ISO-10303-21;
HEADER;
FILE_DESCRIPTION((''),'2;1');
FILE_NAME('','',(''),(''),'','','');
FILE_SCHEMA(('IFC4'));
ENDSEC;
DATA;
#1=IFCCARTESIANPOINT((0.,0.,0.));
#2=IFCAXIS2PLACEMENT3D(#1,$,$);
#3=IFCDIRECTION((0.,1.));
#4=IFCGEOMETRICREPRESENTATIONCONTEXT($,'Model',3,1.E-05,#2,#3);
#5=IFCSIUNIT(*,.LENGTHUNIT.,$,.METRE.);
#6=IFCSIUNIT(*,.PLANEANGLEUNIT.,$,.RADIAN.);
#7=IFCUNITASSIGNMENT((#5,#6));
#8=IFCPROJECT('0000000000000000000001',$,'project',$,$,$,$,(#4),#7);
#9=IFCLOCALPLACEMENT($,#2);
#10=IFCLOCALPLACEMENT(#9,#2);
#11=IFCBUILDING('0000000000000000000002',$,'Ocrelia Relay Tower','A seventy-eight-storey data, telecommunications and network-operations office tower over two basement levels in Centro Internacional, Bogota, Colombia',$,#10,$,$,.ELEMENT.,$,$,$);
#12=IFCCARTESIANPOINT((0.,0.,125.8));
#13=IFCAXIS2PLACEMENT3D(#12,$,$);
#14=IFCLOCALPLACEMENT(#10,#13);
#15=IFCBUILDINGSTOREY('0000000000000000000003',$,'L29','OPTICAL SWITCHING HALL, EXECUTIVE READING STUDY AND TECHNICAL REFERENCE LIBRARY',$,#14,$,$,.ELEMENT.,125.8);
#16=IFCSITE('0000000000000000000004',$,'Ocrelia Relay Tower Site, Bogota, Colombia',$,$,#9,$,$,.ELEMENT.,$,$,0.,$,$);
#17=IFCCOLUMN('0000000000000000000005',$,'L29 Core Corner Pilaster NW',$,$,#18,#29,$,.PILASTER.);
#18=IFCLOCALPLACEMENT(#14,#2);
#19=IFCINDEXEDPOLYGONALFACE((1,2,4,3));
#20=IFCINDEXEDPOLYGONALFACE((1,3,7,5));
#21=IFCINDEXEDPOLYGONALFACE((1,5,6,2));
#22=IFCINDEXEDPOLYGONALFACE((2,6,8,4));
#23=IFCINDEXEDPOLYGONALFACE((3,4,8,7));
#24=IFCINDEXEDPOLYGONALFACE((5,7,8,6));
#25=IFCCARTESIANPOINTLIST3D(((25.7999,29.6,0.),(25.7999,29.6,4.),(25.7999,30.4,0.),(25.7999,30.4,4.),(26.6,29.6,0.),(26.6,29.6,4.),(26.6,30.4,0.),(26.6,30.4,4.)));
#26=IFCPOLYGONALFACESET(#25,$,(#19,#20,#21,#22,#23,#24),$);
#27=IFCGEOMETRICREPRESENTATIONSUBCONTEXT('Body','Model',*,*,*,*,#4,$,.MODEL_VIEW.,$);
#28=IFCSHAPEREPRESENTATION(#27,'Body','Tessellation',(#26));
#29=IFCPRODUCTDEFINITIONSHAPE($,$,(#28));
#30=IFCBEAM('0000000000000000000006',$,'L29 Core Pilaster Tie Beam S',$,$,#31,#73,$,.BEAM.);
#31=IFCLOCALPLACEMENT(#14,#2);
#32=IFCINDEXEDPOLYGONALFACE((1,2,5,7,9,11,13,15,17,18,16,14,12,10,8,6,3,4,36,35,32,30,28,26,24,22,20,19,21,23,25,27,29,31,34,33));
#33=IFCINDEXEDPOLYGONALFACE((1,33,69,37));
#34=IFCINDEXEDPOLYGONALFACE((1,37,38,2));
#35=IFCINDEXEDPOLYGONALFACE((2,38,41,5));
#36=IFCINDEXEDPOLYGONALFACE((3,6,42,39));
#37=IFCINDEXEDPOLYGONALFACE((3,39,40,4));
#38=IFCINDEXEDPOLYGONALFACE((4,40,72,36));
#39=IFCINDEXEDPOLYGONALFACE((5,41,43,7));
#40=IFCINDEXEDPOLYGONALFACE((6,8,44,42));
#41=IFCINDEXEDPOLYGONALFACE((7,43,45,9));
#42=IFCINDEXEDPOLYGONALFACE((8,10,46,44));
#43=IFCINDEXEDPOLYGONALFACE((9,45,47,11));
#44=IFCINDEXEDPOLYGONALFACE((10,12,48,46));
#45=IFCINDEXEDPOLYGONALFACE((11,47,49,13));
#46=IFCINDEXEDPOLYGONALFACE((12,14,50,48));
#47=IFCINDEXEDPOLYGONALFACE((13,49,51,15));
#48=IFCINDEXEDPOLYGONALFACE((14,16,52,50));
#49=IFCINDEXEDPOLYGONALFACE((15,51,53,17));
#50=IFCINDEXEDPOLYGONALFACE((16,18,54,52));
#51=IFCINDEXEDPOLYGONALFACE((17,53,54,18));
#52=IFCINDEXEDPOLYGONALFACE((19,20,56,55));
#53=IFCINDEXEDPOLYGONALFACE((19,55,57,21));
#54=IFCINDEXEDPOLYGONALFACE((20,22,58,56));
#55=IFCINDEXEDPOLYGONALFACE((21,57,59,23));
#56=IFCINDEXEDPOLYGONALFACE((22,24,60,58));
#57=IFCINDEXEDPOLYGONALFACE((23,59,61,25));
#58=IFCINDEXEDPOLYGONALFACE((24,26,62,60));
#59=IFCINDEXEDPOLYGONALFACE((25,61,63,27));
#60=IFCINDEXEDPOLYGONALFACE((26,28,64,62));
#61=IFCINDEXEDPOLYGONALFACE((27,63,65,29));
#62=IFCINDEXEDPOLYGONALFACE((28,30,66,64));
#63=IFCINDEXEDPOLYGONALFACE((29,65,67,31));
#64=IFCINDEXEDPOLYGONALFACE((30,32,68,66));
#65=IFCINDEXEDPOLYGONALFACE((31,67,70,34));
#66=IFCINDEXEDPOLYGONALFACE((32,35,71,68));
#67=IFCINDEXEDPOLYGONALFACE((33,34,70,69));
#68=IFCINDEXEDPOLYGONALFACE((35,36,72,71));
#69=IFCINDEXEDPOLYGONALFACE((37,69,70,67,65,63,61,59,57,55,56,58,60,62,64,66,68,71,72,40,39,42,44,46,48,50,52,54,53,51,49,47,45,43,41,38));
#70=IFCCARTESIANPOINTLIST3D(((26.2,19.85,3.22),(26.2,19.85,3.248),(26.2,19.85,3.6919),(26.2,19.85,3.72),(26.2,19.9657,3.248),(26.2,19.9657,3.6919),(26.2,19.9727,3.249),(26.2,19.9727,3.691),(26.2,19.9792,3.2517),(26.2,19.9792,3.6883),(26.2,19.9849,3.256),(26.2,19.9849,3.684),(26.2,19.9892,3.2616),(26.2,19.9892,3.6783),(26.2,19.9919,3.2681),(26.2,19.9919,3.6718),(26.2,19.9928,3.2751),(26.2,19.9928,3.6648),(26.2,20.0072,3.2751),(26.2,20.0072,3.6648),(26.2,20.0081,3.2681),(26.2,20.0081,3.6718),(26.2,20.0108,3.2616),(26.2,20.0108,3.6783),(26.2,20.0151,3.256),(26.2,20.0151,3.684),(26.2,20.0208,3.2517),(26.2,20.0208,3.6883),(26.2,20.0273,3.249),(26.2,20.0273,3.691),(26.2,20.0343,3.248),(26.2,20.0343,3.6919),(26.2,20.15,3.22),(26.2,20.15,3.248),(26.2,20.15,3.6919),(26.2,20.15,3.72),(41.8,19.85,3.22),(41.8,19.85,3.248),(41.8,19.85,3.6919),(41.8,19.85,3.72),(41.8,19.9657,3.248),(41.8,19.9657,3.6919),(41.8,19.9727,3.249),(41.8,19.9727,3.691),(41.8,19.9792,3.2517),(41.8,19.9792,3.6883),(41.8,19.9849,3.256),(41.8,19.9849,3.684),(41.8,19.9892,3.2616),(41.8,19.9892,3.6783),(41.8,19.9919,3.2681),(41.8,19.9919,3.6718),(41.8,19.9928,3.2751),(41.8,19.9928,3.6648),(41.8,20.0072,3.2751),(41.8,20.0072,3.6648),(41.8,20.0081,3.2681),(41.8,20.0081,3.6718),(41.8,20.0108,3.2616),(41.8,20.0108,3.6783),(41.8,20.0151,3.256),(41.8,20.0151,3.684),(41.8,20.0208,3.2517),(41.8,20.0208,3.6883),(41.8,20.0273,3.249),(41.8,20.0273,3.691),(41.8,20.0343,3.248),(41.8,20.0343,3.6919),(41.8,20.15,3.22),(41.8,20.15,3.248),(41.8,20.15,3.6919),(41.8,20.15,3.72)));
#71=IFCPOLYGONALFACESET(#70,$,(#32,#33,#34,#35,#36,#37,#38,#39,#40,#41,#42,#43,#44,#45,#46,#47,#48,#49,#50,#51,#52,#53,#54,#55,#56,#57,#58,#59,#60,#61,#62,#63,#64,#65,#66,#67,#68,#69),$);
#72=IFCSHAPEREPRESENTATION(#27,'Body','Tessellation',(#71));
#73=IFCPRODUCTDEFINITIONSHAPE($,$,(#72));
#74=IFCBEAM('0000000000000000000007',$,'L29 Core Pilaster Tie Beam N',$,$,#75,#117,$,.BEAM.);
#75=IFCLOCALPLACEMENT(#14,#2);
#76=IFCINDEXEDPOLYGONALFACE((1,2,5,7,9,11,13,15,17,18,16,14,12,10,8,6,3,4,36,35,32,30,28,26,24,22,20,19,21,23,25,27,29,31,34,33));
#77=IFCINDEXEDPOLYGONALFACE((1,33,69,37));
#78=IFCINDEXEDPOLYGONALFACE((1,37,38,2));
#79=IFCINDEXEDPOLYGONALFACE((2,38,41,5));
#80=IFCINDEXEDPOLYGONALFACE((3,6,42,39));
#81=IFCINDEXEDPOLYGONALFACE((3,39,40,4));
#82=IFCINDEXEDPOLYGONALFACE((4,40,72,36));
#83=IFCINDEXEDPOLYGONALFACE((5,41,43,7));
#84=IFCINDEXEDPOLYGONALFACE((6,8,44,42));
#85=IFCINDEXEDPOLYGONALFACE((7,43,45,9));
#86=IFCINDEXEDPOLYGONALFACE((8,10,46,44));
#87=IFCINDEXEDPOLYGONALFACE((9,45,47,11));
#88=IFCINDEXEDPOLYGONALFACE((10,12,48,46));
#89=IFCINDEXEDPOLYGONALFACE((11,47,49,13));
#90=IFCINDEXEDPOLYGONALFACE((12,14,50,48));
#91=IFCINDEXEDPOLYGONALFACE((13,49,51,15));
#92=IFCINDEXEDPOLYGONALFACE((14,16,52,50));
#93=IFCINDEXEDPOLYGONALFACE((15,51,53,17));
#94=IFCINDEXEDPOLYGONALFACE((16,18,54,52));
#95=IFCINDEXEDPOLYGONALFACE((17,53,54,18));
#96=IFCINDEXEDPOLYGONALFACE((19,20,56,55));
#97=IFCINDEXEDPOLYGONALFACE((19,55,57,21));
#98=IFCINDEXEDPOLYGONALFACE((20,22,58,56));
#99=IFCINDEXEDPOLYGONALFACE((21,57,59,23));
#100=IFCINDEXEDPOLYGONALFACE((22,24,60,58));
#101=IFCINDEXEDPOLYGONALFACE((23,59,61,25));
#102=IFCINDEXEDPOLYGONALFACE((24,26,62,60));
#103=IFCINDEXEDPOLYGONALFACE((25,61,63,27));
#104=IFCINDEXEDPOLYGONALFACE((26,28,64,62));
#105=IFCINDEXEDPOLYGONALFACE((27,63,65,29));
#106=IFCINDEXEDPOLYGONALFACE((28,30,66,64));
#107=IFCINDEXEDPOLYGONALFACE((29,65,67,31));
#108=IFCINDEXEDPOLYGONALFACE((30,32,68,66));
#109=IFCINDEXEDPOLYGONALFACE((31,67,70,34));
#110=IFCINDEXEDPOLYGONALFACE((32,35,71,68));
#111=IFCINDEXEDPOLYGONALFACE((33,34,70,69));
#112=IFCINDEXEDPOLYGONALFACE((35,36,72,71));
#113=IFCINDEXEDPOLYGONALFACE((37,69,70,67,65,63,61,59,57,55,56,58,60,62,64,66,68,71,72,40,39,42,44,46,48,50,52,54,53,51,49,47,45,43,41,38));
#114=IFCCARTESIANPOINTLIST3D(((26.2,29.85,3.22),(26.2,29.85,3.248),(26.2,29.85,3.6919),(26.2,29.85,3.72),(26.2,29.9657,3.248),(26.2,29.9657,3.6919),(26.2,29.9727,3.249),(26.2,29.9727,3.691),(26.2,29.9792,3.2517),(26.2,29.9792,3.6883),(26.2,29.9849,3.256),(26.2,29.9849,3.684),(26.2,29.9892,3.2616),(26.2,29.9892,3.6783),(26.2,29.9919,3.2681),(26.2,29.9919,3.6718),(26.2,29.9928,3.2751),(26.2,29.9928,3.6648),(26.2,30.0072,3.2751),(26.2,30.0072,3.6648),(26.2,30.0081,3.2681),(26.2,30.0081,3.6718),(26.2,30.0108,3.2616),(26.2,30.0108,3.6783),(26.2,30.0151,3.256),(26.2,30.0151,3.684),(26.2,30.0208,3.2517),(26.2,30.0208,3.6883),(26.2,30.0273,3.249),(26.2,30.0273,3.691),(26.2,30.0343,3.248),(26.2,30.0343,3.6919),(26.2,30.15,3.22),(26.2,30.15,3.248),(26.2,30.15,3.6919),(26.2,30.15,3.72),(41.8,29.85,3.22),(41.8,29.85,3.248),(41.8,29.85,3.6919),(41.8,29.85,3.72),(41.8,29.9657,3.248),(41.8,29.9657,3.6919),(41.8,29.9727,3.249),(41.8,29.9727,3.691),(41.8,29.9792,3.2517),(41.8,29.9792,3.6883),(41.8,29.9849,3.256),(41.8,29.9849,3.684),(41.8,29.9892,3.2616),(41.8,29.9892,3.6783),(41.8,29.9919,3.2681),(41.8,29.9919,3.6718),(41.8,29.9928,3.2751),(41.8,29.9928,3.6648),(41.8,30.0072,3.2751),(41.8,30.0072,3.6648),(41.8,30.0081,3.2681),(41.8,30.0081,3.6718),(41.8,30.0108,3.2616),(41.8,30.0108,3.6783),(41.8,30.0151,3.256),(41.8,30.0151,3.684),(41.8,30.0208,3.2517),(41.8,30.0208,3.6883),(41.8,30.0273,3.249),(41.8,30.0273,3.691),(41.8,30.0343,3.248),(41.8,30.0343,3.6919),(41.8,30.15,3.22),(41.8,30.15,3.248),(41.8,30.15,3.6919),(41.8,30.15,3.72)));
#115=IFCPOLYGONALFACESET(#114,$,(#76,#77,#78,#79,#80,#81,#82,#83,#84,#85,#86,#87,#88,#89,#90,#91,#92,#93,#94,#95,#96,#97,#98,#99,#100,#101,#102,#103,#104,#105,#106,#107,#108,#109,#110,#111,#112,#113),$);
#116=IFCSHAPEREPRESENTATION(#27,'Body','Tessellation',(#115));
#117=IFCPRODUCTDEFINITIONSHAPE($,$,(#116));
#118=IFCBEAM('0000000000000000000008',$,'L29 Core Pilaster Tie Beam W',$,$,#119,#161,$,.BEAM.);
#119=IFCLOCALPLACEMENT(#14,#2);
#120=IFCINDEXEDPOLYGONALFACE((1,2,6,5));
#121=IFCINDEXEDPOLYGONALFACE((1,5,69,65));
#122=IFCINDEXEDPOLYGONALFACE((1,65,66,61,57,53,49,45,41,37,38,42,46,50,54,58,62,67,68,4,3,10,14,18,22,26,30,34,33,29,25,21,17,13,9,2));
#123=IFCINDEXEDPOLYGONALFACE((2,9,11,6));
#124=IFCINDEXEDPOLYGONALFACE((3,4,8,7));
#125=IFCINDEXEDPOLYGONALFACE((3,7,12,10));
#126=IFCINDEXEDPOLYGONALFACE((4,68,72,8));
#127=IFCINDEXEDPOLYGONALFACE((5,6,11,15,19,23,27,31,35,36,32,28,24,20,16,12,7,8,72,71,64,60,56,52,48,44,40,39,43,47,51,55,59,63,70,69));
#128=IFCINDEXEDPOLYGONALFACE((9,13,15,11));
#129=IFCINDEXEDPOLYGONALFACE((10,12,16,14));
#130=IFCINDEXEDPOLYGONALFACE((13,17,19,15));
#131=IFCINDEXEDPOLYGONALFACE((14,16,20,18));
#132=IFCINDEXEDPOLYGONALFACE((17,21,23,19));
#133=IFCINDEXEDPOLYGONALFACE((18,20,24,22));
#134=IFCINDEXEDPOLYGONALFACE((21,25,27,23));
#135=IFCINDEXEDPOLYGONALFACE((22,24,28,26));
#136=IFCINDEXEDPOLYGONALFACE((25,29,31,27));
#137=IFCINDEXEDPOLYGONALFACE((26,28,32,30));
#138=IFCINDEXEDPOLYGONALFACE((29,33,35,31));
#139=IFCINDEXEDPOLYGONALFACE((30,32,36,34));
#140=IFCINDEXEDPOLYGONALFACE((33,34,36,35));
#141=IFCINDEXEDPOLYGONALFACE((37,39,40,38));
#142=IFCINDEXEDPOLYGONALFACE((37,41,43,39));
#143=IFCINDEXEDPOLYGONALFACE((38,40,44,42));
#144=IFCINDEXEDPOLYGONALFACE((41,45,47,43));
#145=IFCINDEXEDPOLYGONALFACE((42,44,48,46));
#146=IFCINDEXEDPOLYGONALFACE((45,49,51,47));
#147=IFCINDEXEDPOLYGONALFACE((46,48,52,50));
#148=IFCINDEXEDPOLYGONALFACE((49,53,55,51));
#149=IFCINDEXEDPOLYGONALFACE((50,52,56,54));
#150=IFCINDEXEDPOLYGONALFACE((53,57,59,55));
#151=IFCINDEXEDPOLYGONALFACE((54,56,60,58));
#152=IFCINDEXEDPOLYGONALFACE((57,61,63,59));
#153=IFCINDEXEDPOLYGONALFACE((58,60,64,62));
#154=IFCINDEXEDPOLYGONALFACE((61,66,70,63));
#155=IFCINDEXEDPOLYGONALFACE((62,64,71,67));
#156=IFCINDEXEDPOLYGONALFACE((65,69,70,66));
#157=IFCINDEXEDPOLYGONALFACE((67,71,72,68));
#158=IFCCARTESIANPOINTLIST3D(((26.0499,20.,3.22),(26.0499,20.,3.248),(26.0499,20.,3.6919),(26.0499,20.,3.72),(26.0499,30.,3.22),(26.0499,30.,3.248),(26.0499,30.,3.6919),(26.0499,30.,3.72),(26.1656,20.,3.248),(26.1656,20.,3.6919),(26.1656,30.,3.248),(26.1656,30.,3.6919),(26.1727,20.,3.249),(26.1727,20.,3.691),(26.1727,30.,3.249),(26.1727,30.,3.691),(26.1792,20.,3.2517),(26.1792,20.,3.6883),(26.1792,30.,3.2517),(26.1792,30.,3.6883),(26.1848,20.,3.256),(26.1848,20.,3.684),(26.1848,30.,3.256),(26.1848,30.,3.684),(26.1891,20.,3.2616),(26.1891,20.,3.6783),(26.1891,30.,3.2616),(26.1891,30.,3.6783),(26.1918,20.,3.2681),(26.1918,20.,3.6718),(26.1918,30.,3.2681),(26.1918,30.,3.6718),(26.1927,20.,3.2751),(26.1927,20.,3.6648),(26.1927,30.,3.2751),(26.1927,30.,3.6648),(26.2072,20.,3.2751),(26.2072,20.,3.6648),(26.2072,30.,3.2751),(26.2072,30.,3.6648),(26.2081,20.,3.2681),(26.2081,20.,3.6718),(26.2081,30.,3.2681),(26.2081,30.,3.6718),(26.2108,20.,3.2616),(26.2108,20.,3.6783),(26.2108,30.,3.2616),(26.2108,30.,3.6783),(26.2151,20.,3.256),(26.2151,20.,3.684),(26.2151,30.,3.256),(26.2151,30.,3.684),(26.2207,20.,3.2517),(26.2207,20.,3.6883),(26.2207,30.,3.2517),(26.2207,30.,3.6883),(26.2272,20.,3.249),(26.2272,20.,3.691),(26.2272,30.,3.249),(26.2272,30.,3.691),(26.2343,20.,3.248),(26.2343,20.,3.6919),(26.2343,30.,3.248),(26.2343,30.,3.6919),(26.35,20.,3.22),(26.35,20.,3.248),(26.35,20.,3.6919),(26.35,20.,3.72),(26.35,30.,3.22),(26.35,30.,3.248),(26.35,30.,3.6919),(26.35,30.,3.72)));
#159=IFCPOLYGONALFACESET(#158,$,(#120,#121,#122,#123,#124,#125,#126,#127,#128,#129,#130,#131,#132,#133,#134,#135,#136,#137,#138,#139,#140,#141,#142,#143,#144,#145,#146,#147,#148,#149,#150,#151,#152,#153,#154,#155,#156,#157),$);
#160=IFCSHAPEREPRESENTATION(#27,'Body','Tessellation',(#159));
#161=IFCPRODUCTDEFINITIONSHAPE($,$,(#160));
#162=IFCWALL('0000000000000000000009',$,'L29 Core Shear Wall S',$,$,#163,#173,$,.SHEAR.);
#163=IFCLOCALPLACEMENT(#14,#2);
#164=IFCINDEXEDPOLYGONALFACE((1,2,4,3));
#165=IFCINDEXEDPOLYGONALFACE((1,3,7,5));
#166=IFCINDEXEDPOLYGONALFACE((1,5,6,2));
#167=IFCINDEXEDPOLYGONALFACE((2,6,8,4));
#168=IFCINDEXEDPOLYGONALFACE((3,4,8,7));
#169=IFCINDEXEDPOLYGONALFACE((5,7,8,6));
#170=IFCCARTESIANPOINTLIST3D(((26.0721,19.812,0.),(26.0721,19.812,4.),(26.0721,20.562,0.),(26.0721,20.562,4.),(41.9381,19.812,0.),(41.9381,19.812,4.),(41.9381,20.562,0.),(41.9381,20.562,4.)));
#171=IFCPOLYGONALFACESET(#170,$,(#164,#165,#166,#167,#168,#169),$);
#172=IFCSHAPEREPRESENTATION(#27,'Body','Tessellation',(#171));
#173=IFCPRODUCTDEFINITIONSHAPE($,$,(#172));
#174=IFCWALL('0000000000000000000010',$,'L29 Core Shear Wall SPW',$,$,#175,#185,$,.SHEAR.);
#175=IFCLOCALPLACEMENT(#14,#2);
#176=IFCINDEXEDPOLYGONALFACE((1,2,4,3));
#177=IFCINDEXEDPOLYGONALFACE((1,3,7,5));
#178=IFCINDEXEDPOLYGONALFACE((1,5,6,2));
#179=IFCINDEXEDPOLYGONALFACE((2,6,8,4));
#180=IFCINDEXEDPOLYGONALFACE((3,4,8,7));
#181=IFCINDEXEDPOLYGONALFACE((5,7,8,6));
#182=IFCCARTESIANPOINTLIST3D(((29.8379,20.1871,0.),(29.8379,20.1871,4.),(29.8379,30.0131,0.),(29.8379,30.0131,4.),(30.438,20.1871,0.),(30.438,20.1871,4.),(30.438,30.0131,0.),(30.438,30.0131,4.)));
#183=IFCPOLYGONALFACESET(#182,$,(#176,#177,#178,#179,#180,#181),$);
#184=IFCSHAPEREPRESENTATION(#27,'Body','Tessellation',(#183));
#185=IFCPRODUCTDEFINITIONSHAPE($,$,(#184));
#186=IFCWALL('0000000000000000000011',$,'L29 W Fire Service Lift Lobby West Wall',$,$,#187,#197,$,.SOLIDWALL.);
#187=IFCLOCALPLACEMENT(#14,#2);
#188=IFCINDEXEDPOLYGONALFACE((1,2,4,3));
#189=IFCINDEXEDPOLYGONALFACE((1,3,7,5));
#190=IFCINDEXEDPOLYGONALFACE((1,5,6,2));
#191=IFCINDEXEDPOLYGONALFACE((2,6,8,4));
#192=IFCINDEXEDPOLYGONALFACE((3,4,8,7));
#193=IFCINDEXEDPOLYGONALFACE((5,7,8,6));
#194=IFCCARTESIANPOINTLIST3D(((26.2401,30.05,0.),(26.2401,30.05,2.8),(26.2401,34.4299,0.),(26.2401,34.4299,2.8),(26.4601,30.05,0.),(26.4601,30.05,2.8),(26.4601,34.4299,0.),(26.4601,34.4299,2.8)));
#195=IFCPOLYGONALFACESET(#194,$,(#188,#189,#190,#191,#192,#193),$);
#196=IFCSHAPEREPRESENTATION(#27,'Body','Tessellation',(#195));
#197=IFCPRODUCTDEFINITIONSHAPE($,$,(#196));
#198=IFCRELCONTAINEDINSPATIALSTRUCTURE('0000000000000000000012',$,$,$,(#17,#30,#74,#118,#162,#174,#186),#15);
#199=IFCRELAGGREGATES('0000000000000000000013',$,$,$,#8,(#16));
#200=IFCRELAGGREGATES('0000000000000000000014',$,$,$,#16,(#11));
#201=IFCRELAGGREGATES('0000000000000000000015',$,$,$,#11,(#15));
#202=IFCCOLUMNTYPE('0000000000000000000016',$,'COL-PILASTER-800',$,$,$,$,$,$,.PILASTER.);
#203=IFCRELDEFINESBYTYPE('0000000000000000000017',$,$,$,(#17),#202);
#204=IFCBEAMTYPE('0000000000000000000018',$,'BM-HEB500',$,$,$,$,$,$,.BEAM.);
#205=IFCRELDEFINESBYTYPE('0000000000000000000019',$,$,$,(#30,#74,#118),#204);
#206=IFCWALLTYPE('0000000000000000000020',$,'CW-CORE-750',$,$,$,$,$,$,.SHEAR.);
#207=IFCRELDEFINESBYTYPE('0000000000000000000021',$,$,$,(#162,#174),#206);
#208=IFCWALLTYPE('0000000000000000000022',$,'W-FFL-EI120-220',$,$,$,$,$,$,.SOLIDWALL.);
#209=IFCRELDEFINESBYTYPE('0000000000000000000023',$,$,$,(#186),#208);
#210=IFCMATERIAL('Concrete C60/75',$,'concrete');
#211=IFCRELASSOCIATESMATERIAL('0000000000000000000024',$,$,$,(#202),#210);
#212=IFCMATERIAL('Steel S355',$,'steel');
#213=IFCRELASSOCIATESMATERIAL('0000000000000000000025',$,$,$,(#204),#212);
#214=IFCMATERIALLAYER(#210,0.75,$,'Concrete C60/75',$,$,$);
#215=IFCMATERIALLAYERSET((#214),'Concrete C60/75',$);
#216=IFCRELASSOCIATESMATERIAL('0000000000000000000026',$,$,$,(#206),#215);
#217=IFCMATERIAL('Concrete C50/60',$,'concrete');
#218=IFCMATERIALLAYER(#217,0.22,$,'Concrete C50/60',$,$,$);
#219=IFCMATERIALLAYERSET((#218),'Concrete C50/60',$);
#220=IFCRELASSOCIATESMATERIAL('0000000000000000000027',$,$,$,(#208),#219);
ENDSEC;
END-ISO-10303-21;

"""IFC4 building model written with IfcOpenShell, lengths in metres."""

from ifc_helpers import new_model, si_unit, direction, frame, frame_2d, origin, origin_2d, place, context, subcontext, project, spatial, rectangle, i_section, extrude, material, layer, layer_set, material_profile, profile_set, type_object, element, save


model = new_model("IFC4")

# Units and contexts
model_context = context("Model", 3, precision=1e-05, world=origin(), true_north=direction((0.0, 1.0)))
body_context = subcontext(model_context, "Body", "Model", "MODEL_VIEW")
ifc_project = project(units=[si_unit("LENGTHUNIT", "METRE"), si_unit("PLANEANGLEUNIT", "RADIAN")], contexts=[model_context])

# Site, building, storey
site_placement = place(None, origin())
site = spatial("IfcSite", under=ifc_project, at=site_placement, Name="Ocrelia Relay Tower Site, Bogota, Colombia", CompositionType="ELEMENT", RefElevation=0.0)
building_placement = place(site_placement, origin())
building = spatial("IfcBuilding", under=site, at=building_placement, Name="Ocrelia Relay Tower", Description="A seventy-eight-storey data, telecommunications and network-operations office tower over two basement levels in Centro Internacional, Bogota, Colombia", CompositionType="ELEMENT")
storey_placement = place(building_placement, frame((0.0, 0.0, 125.8)))
storey = spatial("IfcBuildingStorey", under=building, at=storey_placement, Name="L29", Description="OPTICAL SWITCHING HALL, EXECUTIVE READING STUDY AND TECHNICAL REFERENCE LIBRARY", CompositionType="ELEMENT", Elevation=125.8)

# Column
ifc_material_1 = material(Name="Concrete C60/75", Category="concrete")
ifc_material_profile_1 = material_profile(ifc_material_1, rectangle(XDim=0.8, YDim=0.8, at=origin_2d()), Name="RC-COL-800x800")
ifc_profile_set_1 = profile_set([ifc_material_profile_1], Name="Concrete C60/75")
column_type = type_object("IfcColumnType", Name="COL-PILASTER-800", PredefinedType="PILASTER", material=ifc_profile_set_1)
column_placement = place(storey_placement, frame((26.2, 30.0, 0.0), z_axis=(0.0, 0.0, 1.0), x_axis=(1.0, 0.0, 0.0)))
element("IfcColumn", 1, at=column_placement, inside=storey, type_object=column_type, Name="L29 Core Corner Pilaster NW", PredefinedType="PILASTER", context=body_context, shape_type="SweptSolid", body=[
    extrude(rectangle(XDim=0.8, YDim=0.8, at=origin_2d()), origin(), (0.0, 0.0, 1.0), 4.0),
])

# Beams
ifc_material_2 = material(Name="Steel S355", Category="steel")
ifc_material_profile_2 = material_profile(ifc_material_2, i_section(OverallWidth=0.3, OverallDepth=0.5, WebThickness=0.0144, FlangeThickness=0.0281, FilletRadius=0.0271, at=origin_2d()), Name="HEB 500")
ifc_profile_set_2 = profile_set([ifc_material_profile_2], Name="Steel S355")
beam_type = type_object("IfcBeamType", Name="BM-HEB500", PredefinedType="BEAM", material=ifc_profile_set_2)
for number, where, z_axis, x_axis, name in (
    (2, (26.2, 20.0, 3.47), (1.0, 0.0, 0.0), (0.0, 1.0, 0.0), "L29 Core Pilaster Tie Beam S"),
    (3, (26.2, 30.0, 3.47), (1.0, 0.0, 0.0), (0.0, 1.0, 0.0), "L29 Core Pilaster Tie Beam N"),
):
    element("IfcBeam", number, at=place(storey_placement, frame(where, z_axis=z_axis, x_axis=x_axis)), inside=storey, type_object=beam_type, Name=name, PredefinedType="BEAM", context=body_context, shape_type="SweptSolid", body=[
        extrude(i_section(OverallWidth=0.3, OverallDepth=0.5, WebThickness=0.0144, FlangeThickness=0.0281, FilletRadius=0.0271, at=origin_2d()), origin(), (0.0, 0.0, 1.0), 15.6001),
    ])
beam_placement = place(storey_placement, frame((26.2, 20.0, 3.47), z_axis=(0.0, 1.0, 0.0), x_axis=(-1.0, 0.0, 0.0)))
element("IfcBeam", 4, at=beam_placement, inside=storey, type_object=beam_type, Name="L29 Core Pilaster Tie Beam W", PredefinedType="BEAM", context=body_context, shape_type="SweptSolid", body=[
    extrude(i_section(OverallWidth=0.3, OverallDepth=0.5, WebThickness=0.0144, FlangeThickness=0.0281, FilletRadius=0.0271, at=origin_2d()), origin(), (0.0, 0.0, 1.0), 10.0),
])

# Wall
ifc_layer_1 = layer(ifc_material_1, 0.75, Name="Concrete C60/75")
ifc_layer_set_1 = layer_set([ifc_layer_1], Name="Concrete C60/75")
wall_type_1 = type_object("IfcWallType", Name="CW-CORE-750", PredefinedType="SHEAR", material=ifc_layer_set_1)
wall_1_placement = place(storey_placement, frame((26.072, 20.187, 0.0), z_axis=(0.0, 0.0, 1.0), x_axis=(1.0, 0.0, 0.0)))
element("IfcWall", 5, at=wall_1_placement, inside=storey, type_object=wall_type_1, Name="L29 Core Shear Wall S", PredefinedType="SHEAR", context=body_context, shape_type="SweptSolid", body=[
    extrude(rectangle(XDim=15.866, YDim=0.75, at=frame_2d((7.9331, 0.0))), origin(), (0.0, 0.0, 1.0), 4.0),
])

# Walls
wall_2_placement = place(storey_placement, frame((30.1379, 20.187, 0.0), z_axis=(0.0, 0.0, 1.0), x_axis=(0.0, 1.0, 0.0)))
element("IfcWall", 6, at=wall_2_placement, inside=storey, type_object=wall_type_1, Name="L29 Core Shear Wall SPW", PredefinedType="SHEAR", context=body_context, shape_type="SweptSolid", body=[
    extrude(rectangle(XDim=9.8259, YDim=0.6001, at=frame_2d((4.9131, 0.0))), origin(), (0.0, 0.0, 1.0), 4.0),
])
ifc_material_3 = material(Name="Concrete C50/60", Category="concrete")
ifc_layer_2 = layer(ifc_material_3, 0.22, Name="Concrete C50/60")
ifc_layer_set_2 = layer_set([ifc_layer_2], Name="Concrete C50/60")
wall_type_2 = type_object("IfcWallType", Name="W-FFL-EI120-220", PredefinedType="SOLIDWALL", material=ifc_layer_set_2)
wall_3_placement = place(storey_placement, frame((26.3501, 30.05, 0.0), z_axis=(0.0, 0.0, 1.0), x_axis=(0.0, 1.0, 0.0)))
element("IfcWall", 7, at=wall_3_placement, inside=storey, type_object=wall_type_2, Name="L29 W Fire Service Lift Lobby West Wall", PredefinedType="SOLIDWALL", context=body_context, shape_type="SweptSolid", body=[
    extrude(rectangle(XDim=4.3799, YDim=0.22, at=frame_2d((2.1899, 0.0))), origin(), (0.0, 0.0, 1.0), 2.8),
])

save(model, "model.ifc")
